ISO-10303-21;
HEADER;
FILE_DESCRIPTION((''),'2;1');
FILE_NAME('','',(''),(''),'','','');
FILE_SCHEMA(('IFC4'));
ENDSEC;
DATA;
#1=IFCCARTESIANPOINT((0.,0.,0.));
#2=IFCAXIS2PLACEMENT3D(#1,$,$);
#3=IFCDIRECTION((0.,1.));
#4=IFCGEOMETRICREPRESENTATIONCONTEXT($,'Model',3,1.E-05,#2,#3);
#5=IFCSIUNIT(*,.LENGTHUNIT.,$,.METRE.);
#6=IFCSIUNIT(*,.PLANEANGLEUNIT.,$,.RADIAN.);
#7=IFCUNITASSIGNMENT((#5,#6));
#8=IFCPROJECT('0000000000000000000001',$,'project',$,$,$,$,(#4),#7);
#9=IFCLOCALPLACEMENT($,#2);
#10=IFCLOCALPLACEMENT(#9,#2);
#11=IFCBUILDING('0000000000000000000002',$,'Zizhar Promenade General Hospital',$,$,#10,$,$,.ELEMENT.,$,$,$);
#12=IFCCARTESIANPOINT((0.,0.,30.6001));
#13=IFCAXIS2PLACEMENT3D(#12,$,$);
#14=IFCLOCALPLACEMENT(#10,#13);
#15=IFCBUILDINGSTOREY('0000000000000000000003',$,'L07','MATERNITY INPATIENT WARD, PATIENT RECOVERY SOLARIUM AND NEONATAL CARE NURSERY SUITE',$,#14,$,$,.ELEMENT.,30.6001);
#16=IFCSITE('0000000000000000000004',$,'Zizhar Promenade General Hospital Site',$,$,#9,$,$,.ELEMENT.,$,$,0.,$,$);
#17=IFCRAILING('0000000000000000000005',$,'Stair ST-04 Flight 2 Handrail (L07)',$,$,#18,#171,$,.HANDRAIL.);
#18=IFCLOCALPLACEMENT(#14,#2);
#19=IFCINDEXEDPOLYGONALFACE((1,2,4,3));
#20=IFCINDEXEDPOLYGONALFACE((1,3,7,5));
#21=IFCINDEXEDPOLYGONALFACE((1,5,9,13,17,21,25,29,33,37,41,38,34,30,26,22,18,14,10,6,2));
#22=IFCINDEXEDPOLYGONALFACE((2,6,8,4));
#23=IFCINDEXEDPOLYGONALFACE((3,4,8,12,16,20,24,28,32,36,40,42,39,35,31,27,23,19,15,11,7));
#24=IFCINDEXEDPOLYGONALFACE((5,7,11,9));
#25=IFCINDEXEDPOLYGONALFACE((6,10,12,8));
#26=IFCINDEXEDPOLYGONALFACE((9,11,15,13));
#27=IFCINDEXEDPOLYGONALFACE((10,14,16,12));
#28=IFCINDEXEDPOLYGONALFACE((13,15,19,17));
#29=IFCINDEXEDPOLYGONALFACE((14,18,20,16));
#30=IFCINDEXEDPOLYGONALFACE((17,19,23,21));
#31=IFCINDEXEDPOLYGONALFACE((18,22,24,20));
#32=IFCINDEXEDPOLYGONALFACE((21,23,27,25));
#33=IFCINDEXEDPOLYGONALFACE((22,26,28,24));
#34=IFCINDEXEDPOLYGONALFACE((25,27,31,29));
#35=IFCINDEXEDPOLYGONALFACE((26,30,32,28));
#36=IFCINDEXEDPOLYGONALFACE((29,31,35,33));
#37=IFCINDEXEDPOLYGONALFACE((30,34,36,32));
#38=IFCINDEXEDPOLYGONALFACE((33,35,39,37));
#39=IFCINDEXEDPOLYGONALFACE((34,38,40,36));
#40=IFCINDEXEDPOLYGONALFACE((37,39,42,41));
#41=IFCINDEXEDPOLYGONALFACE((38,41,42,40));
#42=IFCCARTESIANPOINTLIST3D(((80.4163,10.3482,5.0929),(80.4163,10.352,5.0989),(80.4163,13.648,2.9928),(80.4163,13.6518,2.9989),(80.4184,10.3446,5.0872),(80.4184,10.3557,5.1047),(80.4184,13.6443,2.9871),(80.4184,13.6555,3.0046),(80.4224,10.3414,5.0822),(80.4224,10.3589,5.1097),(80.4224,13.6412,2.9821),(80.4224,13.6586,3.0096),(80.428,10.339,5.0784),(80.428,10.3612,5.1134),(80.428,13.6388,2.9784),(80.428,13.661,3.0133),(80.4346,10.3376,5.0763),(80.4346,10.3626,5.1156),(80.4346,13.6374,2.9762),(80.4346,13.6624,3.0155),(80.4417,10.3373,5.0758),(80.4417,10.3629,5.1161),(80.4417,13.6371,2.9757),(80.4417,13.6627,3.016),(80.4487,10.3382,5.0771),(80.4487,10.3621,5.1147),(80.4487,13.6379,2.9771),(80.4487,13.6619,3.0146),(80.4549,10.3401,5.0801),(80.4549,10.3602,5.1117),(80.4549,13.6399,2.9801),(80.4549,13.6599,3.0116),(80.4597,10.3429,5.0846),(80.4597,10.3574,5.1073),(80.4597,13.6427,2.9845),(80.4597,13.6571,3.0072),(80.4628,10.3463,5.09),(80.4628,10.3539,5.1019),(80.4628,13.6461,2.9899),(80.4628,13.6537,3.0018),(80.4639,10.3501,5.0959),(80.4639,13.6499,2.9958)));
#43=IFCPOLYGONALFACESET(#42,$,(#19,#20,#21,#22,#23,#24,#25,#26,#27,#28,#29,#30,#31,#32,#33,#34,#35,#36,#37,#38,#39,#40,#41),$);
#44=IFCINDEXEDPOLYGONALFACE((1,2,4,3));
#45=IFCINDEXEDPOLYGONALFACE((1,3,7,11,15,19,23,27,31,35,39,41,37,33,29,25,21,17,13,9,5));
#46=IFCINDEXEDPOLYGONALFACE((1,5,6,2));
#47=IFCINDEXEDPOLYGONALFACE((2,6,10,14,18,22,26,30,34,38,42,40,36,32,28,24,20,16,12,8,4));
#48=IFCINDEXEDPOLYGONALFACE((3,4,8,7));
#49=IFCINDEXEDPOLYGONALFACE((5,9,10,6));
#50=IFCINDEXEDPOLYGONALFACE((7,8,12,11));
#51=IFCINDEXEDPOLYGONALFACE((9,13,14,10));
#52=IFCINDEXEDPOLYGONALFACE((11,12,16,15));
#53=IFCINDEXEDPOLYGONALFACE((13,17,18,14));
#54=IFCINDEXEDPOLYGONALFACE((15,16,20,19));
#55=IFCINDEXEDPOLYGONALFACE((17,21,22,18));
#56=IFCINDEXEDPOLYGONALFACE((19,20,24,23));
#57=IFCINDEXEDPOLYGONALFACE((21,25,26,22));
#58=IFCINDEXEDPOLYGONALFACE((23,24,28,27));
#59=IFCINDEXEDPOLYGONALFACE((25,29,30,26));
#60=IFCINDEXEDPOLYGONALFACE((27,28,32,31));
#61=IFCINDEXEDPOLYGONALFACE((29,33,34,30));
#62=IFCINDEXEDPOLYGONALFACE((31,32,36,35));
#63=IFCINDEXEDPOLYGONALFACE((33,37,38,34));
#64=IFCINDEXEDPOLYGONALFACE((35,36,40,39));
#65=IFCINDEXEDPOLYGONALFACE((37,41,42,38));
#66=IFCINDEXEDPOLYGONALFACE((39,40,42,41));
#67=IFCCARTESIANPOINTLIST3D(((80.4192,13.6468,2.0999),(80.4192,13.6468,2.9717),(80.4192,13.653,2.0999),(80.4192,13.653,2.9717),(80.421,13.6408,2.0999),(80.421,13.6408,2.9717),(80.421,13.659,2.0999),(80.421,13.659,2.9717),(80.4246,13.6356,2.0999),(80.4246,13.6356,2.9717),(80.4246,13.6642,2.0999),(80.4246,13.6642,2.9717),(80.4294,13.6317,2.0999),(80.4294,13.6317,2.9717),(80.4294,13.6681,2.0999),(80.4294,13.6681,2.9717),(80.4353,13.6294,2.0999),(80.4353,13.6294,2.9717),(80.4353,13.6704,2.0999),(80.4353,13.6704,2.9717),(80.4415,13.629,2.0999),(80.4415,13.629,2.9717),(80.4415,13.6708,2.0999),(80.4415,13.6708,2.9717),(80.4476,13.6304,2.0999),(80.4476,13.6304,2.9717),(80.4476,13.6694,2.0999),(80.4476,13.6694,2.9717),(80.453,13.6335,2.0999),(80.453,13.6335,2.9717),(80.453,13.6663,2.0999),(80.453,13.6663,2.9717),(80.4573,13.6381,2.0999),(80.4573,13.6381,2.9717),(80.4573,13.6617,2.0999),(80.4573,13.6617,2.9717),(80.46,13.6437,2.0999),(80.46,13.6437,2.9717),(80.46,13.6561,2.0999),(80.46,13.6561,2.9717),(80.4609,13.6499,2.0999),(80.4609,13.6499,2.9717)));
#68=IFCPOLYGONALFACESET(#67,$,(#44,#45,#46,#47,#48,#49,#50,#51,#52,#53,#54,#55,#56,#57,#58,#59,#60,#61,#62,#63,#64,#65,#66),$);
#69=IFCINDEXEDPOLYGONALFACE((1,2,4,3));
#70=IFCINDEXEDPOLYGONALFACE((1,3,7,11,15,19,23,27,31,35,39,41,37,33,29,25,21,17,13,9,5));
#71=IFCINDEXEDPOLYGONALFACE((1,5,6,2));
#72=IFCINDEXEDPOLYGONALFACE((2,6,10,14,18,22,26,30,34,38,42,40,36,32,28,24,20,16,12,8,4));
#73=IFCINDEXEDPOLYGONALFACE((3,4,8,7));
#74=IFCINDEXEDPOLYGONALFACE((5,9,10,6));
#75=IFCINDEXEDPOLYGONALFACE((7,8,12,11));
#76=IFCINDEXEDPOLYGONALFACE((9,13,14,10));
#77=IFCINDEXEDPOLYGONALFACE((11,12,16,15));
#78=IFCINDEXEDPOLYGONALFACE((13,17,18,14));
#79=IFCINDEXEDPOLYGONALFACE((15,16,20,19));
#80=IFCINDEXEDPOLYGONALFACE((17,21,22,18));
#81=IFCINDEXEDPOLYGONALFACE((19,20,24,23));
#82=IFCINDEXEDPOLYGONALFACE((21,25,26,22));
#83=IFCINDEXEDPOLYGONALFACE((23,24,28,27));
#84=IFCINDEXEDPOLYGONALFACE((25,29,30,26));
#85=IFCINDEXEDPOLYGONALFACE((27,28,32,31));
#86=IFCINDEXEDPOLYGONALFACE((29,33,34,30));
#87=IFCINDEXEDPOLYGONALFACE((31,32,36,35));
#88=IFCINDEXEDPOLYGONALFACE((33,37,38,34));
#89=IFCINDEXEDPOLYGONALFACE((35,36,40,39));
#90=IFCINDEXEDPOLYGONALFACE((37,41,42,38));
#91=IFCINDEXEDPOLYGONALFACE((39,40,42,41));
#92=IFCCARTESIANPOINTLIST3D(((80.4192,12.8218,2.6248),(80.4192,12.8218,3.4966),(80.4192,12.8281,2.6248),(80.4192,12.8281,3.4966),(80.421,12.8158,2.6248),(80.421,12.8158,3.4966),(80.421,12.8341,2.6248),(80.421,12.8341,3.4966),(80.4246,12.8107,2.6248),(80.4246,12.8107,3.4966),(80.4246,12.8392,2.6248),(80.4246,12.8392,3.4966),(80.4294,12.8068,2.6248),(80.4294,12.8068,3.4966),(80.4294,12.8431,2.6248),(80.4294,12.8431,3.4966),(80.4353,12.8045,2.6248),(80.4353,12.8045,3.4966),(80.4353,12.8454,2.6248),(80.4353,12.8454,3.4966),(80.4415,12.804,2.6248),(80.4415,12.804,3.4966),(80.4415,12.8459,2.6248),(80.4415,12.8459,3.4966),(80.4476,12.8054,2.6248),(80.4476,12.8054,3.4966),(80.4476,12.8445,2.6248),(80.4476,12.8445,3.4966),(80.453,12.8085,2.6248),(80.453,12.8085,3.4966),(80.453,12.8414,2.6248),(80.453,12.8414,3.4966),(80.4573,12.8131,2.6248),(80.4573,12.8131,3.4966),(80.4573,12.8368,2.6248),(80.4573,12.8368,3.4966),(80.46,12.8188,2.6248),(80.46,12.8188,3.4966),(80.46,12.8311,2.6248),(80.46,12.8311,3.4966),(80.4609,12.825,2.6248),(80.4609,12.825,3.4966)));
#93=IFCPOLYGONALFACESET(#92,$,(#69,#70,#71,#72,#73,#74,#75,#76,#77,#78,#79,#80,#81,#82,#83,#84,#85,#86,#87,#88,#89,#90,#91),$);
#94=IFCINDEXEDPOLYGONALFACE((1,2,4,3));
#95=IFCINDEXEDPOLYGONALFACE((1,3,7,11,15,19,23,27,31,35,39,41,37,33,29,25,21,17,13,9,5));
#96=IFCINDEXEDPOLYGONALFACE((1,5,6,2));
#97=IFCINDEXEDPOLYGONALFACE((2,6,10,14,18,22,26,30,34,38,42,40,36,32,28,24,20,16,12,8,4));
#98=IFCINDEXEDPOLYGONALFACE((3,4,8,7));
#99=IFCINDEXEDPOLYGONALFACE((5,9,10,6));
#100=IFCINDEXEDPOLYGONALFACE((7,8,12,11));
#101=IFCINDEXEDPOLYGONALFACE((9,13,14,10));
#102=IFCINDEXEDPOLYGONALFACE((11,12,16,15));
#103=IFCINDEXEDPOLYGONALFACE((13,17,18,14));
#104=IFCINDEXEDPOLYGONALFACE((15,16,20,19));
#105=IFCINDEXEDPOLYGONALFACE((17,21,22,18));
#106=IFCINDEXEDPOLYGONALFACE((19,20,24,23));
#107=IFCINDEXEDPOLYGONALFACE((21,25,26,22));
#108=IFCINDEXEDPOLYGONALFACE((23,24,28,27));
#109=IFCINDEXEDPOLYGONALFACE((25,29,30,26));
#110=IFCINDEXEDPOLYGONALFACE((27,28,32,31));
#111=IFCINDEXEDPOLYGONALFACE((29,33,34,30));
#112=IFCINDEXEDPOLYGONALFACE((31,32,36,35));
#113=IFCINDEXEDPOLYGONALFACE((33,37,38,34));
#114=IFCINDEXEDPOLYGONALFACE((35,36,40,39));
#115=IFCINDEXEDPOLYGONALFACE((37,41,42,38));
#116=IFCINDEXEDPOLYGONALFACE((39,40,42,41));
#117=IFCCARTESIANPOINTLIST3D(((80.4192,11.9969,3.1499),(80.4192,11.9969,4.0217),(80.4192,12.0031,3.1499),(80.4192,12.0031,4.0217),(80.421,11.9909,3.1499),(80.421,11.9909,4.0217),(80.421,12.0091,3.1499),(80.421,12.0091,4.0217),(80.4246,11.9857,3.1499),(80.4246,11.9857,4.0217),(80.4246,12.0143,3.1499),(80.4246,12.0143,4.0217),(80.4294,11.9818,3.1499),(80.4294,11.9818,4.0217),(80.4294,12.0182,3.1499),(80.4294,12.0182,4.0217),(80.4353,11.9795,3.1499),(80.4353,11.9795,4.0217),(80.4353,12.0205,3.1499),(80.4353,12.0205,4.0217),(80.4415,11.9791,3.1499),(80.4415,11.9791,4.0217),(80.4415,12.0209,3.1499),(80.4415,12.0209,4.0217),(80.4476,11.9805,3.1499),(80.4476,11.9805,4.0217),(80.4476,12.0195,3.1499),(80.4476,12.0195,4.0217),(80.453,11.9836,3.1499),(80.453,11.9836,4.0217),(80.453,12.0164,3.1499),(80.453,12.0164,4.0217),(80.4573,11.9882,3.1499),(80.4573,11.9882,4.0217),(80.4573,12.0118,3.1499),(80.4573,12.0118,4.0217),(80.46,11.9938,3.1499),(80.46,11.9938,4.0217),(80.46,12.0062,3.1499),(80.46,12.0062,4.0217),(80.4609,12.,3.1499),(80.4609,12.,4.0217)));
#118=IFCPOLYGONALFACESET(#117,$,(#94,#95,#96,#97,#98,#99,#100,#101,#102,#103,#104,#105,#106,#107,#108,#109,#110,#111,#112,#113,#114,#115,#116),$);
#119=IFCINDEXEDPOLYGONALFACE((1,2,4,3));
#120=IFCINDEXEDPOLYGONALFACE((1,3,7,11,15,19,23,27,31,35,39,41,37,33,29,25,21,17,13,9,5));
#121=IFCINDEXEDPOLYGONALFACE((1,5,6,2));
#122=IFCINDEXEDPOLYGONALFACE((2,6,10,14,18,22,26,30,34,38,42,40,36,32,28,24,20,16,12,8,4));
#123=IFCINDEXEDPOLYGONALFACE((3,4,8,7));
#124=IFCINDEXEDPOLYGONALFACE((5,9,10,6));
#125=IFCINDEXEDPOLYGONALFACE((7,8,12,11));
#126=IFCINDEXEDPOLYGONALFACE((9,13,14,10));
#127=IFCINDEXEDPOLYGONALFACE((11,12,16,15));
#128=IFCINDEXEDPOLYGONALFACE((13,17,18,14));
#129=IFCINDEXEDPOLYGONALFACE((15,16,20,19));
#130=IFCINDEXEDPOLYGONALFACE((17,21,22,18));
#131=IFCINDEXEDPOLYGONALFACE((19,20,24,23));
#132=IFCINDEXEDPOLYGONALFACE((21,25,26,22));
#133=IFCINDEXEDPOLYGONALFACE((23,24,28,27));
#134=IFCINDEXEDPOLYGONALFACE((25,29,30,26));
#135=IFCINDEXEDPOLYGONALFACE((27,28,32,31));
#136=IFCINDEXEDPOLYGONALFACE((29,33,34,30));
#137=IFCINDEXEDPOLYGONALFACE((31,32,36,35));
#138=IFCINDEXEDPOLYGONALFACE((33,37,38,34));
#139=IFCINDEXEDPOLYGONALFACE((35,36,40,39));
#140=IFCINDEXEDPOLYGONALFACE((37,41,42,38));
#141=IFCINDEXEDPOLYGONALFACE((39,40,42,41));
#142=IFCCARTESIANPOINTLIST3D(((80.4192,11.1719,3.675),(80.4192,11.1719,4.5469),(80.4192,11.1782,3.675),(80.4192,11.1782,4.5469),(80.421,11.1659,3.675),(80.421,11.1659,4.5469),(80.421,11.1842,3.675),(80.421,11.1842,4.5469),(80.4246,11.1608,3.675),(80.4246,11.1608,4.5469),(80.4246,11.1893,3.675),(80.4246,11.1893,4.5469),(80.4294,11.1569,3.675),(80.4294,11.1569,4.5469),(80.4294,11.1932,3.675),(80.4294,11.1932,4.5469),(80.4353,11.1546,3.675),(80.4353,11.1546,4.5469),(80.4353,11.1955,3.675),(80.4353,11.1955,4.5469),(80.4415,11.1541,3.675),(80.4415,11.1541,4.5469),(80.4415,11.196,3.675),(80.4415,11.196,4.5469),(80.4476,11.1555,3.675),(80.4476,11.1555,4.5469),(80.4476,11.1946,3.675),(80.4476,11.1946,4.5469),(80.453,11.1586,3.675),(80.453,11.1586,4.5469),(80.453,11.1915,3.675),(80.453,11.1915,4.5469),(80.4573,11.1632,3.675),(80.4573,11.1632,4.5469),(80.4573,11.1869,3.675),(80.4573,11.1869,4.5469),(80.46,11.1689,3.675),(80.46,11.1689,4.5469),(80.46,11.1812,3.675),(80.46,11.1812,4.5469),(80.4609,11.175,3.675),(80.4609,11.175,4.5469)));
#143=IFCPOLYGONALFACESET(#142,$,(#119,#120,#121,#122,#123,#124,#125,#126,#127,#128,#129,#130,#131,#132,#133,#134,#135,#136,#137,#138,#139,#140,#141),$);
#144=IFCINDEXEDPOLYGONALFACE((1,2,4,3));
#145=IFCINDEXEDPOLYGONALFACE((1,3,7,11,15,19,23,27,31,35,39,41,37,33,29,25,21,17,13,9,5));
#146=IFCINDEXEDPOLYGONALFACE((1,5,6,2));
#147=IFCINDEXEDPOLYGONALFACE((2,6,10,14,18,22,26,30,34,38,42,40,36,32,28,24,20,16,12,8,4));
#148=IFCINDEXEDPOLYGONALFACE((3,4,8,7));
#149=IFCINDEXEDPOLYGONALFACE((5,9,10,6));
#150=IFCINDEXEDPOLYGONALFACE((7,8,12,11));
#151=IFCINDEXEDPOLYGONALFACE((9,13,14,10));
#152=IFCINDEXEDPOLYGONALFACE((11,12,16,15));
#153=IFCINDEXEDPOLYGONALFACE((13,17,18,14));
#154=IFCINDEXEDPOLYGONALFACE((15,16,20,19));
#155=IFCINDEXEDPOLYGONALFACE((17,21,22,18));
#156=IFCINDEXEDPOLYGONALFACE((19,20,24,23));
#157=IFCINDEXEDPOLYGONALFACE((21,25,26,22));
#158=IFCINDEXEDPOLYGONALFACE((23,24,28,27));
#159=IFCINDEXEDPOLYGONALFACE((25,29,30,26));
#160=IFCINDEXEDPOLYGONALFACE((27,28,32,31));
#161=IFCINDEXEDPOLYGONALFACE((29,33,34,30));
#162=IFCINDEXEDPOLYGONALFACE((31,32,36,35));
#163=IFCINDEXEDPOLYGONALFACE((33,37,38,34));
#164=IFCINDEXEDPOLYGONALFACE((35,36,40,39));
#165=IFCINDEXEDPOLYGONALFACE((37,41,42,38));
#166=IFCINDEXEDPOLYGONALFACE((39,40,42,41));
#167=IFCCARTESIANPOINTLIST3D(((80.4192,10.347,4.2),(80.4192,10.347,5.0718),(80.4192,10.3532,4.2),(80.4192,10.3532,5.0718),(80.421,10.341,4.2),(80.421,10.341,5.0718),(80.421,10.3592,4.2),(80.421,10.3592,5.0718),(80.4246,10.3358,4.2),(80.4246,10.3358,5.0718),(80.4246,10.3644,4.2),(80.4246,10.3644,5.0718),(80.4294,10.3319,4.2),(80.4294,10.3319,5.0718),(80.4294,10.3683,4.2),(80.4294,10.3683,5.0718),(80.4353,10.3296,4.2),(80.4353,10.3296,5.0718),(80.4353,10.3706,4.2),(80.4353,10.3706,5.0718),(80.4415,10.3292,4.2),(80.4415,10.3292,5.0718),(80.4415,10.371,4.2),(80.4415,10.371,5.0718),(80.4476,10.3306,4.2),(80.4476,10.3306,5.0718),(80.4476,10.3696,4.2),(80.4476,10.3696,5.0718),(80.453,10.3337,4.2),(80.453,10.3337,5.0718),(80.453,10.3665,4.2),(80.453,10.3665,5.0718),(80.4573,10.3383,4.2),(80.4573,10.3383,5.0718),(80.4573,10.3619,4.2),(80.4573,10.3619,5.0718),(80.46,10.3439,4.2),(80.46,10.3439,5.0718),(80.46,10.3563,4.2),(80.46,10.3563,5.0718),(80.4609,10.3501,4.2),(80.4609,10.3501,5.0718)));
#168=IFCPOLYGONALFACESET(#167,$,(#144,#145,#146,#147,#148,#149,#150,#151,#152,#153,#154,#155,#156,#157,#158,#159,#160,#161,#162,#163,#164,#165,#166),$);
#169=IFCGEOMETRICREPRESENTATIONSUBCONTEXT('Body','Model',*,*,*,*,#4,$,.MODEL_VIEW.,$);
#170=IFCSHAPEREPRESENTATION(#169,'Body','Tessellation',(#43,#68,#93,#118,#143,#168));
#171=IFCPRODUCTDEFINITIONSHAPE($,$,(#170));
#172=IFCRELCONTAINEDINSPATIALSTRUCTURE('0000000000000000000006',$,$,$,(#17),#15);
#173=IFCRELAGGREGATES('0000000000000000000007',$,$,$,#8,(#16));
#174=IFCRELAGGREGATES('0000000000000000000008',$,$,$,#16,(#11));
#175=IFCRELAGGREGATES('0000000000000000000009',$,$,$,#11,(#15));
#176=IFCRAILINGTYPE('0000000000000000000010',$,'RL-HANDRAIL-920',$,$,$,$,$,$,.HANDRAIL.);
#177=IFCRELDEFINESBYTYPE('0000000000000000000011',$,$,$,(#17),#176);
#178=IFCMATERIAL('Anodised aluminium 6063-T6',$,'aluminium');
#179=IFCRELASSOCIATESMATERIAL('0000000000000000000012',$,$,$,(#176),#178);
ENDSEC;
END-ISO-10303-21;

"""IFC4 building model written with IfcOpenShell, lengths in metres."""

from ifc_helpers import new_model, si_unit, direction, frame, origin, origin_2d, place, context, subcontext, project, spatial, circle, hollow_circle, extrude, material, material_profile, profile_set, type_object, element, save


model = new_model("IFC4")

# Units and contexts
model_context = context("Model", 3, precision=1e-05, world=origin(), true_north=direction((0.0, 1.0)))
body_context = subcontext(model_context, "Body", "Model", "MODEL_VIEW")
ifc_project = project(units=[si_unit("LENGTHUNIT", "METRE"), si_unit("PLANEANGLEUNIT", "RADIAN")], contexts=[model_context])

# Site, building, storey
site_placement = place(None, origin())
site = spatial("IfcSite", under=ifc_project, at=site_placement, Name="Zizhar Promenade General Hospital Site", CompositionType="ELEMENT", RefElevation=0.0)
building_placement = place(site_placement, origin())
building = spatial("IfcBuilding", under=site, at=building_placement, Name="Zizhar Promenade General Hospital", CompositionType="ELEMENT")
storey_placement = place(building_placement, frame((0.0, 0.0, 30.6001)))
storey = spatial("IfcBuildingStorey", under=building, at=storey_placement, Name="L07", Description="MATERNITY INPATIENT WARD, PATIENT RECOVERY SOLARIUM AND NEONATAL CARE NURSERY SUITE", CompositionType="ELEMENT", Elevation=30.6001)

# Railing
ifc_material_1 = material(Name="Anodised aluminium 6063-T6", Category="aluminium")
ifc_material_profile_1 = material_profile(ifc_material_1, hollow_circle(Radius=0.0698, WallThickness=0.0063, at=origin_2d()))
ifc_profile_set_1 = profile_set([ifc_material_profile_1], Name="Anodised aluminium 6063-T6")
railing_type_1 = type_object("IfcRailingType", Name="RL-HANDRAIL-920", PredefinedType="HANDRAIL", material=ifc_profile_set_1)
railing_1_placement = place(storey_placement, frame((80.4399, 13.6499, 2.0999)))
element("IfcRailing", 1, at=railing_1_placement, inside=storey, type_object=railing_type_1, Name="Stair ST-04 Flight 2 Handrail (L07)", PredefinedType="HANDRAIL", context=body_context, shape_type="SweptSolid", body=[
    extrude(circle(Radius=0.0239, at=origin_2d()), frame((0.0, 0.0, 0.896), z_axis=(0.0, -0.843636, 0.536916), x_axis=(1.0, 0.0, 0.0)), (0.0, 0.0, 1.0), 3.9114),
    extrude(circle(Radius=0.021, at=origin_2d()), origin(), (0.0, 0.0, 1.0), 0.8718),
    extrude(circle(Radius=0.021, at=origin_2d()), frame((0.0, -0.825, 0.5249)), (0.0, 0.0, 1.0), 0.8718),
    extrude(circle(Radius=0.021, at=origin_2d()), frame((0.0, -1.6499, 1.05)), (0.0, 0.0, 1.0), 0.8718),
    extrude(circle(Radius=0.021, at=origin_2d()), frame((0.0, -2.4749, 1.5752)), (0.0, 0.0, 1.0), 0.8718),
    extrude(circle(Radius=0.021, at=origin_2d()), frame((0.0, -3.2998, 2.1001)), (0.0, 0.0, 1.0), 0.8718),
])

save(model, "model.ifc")
